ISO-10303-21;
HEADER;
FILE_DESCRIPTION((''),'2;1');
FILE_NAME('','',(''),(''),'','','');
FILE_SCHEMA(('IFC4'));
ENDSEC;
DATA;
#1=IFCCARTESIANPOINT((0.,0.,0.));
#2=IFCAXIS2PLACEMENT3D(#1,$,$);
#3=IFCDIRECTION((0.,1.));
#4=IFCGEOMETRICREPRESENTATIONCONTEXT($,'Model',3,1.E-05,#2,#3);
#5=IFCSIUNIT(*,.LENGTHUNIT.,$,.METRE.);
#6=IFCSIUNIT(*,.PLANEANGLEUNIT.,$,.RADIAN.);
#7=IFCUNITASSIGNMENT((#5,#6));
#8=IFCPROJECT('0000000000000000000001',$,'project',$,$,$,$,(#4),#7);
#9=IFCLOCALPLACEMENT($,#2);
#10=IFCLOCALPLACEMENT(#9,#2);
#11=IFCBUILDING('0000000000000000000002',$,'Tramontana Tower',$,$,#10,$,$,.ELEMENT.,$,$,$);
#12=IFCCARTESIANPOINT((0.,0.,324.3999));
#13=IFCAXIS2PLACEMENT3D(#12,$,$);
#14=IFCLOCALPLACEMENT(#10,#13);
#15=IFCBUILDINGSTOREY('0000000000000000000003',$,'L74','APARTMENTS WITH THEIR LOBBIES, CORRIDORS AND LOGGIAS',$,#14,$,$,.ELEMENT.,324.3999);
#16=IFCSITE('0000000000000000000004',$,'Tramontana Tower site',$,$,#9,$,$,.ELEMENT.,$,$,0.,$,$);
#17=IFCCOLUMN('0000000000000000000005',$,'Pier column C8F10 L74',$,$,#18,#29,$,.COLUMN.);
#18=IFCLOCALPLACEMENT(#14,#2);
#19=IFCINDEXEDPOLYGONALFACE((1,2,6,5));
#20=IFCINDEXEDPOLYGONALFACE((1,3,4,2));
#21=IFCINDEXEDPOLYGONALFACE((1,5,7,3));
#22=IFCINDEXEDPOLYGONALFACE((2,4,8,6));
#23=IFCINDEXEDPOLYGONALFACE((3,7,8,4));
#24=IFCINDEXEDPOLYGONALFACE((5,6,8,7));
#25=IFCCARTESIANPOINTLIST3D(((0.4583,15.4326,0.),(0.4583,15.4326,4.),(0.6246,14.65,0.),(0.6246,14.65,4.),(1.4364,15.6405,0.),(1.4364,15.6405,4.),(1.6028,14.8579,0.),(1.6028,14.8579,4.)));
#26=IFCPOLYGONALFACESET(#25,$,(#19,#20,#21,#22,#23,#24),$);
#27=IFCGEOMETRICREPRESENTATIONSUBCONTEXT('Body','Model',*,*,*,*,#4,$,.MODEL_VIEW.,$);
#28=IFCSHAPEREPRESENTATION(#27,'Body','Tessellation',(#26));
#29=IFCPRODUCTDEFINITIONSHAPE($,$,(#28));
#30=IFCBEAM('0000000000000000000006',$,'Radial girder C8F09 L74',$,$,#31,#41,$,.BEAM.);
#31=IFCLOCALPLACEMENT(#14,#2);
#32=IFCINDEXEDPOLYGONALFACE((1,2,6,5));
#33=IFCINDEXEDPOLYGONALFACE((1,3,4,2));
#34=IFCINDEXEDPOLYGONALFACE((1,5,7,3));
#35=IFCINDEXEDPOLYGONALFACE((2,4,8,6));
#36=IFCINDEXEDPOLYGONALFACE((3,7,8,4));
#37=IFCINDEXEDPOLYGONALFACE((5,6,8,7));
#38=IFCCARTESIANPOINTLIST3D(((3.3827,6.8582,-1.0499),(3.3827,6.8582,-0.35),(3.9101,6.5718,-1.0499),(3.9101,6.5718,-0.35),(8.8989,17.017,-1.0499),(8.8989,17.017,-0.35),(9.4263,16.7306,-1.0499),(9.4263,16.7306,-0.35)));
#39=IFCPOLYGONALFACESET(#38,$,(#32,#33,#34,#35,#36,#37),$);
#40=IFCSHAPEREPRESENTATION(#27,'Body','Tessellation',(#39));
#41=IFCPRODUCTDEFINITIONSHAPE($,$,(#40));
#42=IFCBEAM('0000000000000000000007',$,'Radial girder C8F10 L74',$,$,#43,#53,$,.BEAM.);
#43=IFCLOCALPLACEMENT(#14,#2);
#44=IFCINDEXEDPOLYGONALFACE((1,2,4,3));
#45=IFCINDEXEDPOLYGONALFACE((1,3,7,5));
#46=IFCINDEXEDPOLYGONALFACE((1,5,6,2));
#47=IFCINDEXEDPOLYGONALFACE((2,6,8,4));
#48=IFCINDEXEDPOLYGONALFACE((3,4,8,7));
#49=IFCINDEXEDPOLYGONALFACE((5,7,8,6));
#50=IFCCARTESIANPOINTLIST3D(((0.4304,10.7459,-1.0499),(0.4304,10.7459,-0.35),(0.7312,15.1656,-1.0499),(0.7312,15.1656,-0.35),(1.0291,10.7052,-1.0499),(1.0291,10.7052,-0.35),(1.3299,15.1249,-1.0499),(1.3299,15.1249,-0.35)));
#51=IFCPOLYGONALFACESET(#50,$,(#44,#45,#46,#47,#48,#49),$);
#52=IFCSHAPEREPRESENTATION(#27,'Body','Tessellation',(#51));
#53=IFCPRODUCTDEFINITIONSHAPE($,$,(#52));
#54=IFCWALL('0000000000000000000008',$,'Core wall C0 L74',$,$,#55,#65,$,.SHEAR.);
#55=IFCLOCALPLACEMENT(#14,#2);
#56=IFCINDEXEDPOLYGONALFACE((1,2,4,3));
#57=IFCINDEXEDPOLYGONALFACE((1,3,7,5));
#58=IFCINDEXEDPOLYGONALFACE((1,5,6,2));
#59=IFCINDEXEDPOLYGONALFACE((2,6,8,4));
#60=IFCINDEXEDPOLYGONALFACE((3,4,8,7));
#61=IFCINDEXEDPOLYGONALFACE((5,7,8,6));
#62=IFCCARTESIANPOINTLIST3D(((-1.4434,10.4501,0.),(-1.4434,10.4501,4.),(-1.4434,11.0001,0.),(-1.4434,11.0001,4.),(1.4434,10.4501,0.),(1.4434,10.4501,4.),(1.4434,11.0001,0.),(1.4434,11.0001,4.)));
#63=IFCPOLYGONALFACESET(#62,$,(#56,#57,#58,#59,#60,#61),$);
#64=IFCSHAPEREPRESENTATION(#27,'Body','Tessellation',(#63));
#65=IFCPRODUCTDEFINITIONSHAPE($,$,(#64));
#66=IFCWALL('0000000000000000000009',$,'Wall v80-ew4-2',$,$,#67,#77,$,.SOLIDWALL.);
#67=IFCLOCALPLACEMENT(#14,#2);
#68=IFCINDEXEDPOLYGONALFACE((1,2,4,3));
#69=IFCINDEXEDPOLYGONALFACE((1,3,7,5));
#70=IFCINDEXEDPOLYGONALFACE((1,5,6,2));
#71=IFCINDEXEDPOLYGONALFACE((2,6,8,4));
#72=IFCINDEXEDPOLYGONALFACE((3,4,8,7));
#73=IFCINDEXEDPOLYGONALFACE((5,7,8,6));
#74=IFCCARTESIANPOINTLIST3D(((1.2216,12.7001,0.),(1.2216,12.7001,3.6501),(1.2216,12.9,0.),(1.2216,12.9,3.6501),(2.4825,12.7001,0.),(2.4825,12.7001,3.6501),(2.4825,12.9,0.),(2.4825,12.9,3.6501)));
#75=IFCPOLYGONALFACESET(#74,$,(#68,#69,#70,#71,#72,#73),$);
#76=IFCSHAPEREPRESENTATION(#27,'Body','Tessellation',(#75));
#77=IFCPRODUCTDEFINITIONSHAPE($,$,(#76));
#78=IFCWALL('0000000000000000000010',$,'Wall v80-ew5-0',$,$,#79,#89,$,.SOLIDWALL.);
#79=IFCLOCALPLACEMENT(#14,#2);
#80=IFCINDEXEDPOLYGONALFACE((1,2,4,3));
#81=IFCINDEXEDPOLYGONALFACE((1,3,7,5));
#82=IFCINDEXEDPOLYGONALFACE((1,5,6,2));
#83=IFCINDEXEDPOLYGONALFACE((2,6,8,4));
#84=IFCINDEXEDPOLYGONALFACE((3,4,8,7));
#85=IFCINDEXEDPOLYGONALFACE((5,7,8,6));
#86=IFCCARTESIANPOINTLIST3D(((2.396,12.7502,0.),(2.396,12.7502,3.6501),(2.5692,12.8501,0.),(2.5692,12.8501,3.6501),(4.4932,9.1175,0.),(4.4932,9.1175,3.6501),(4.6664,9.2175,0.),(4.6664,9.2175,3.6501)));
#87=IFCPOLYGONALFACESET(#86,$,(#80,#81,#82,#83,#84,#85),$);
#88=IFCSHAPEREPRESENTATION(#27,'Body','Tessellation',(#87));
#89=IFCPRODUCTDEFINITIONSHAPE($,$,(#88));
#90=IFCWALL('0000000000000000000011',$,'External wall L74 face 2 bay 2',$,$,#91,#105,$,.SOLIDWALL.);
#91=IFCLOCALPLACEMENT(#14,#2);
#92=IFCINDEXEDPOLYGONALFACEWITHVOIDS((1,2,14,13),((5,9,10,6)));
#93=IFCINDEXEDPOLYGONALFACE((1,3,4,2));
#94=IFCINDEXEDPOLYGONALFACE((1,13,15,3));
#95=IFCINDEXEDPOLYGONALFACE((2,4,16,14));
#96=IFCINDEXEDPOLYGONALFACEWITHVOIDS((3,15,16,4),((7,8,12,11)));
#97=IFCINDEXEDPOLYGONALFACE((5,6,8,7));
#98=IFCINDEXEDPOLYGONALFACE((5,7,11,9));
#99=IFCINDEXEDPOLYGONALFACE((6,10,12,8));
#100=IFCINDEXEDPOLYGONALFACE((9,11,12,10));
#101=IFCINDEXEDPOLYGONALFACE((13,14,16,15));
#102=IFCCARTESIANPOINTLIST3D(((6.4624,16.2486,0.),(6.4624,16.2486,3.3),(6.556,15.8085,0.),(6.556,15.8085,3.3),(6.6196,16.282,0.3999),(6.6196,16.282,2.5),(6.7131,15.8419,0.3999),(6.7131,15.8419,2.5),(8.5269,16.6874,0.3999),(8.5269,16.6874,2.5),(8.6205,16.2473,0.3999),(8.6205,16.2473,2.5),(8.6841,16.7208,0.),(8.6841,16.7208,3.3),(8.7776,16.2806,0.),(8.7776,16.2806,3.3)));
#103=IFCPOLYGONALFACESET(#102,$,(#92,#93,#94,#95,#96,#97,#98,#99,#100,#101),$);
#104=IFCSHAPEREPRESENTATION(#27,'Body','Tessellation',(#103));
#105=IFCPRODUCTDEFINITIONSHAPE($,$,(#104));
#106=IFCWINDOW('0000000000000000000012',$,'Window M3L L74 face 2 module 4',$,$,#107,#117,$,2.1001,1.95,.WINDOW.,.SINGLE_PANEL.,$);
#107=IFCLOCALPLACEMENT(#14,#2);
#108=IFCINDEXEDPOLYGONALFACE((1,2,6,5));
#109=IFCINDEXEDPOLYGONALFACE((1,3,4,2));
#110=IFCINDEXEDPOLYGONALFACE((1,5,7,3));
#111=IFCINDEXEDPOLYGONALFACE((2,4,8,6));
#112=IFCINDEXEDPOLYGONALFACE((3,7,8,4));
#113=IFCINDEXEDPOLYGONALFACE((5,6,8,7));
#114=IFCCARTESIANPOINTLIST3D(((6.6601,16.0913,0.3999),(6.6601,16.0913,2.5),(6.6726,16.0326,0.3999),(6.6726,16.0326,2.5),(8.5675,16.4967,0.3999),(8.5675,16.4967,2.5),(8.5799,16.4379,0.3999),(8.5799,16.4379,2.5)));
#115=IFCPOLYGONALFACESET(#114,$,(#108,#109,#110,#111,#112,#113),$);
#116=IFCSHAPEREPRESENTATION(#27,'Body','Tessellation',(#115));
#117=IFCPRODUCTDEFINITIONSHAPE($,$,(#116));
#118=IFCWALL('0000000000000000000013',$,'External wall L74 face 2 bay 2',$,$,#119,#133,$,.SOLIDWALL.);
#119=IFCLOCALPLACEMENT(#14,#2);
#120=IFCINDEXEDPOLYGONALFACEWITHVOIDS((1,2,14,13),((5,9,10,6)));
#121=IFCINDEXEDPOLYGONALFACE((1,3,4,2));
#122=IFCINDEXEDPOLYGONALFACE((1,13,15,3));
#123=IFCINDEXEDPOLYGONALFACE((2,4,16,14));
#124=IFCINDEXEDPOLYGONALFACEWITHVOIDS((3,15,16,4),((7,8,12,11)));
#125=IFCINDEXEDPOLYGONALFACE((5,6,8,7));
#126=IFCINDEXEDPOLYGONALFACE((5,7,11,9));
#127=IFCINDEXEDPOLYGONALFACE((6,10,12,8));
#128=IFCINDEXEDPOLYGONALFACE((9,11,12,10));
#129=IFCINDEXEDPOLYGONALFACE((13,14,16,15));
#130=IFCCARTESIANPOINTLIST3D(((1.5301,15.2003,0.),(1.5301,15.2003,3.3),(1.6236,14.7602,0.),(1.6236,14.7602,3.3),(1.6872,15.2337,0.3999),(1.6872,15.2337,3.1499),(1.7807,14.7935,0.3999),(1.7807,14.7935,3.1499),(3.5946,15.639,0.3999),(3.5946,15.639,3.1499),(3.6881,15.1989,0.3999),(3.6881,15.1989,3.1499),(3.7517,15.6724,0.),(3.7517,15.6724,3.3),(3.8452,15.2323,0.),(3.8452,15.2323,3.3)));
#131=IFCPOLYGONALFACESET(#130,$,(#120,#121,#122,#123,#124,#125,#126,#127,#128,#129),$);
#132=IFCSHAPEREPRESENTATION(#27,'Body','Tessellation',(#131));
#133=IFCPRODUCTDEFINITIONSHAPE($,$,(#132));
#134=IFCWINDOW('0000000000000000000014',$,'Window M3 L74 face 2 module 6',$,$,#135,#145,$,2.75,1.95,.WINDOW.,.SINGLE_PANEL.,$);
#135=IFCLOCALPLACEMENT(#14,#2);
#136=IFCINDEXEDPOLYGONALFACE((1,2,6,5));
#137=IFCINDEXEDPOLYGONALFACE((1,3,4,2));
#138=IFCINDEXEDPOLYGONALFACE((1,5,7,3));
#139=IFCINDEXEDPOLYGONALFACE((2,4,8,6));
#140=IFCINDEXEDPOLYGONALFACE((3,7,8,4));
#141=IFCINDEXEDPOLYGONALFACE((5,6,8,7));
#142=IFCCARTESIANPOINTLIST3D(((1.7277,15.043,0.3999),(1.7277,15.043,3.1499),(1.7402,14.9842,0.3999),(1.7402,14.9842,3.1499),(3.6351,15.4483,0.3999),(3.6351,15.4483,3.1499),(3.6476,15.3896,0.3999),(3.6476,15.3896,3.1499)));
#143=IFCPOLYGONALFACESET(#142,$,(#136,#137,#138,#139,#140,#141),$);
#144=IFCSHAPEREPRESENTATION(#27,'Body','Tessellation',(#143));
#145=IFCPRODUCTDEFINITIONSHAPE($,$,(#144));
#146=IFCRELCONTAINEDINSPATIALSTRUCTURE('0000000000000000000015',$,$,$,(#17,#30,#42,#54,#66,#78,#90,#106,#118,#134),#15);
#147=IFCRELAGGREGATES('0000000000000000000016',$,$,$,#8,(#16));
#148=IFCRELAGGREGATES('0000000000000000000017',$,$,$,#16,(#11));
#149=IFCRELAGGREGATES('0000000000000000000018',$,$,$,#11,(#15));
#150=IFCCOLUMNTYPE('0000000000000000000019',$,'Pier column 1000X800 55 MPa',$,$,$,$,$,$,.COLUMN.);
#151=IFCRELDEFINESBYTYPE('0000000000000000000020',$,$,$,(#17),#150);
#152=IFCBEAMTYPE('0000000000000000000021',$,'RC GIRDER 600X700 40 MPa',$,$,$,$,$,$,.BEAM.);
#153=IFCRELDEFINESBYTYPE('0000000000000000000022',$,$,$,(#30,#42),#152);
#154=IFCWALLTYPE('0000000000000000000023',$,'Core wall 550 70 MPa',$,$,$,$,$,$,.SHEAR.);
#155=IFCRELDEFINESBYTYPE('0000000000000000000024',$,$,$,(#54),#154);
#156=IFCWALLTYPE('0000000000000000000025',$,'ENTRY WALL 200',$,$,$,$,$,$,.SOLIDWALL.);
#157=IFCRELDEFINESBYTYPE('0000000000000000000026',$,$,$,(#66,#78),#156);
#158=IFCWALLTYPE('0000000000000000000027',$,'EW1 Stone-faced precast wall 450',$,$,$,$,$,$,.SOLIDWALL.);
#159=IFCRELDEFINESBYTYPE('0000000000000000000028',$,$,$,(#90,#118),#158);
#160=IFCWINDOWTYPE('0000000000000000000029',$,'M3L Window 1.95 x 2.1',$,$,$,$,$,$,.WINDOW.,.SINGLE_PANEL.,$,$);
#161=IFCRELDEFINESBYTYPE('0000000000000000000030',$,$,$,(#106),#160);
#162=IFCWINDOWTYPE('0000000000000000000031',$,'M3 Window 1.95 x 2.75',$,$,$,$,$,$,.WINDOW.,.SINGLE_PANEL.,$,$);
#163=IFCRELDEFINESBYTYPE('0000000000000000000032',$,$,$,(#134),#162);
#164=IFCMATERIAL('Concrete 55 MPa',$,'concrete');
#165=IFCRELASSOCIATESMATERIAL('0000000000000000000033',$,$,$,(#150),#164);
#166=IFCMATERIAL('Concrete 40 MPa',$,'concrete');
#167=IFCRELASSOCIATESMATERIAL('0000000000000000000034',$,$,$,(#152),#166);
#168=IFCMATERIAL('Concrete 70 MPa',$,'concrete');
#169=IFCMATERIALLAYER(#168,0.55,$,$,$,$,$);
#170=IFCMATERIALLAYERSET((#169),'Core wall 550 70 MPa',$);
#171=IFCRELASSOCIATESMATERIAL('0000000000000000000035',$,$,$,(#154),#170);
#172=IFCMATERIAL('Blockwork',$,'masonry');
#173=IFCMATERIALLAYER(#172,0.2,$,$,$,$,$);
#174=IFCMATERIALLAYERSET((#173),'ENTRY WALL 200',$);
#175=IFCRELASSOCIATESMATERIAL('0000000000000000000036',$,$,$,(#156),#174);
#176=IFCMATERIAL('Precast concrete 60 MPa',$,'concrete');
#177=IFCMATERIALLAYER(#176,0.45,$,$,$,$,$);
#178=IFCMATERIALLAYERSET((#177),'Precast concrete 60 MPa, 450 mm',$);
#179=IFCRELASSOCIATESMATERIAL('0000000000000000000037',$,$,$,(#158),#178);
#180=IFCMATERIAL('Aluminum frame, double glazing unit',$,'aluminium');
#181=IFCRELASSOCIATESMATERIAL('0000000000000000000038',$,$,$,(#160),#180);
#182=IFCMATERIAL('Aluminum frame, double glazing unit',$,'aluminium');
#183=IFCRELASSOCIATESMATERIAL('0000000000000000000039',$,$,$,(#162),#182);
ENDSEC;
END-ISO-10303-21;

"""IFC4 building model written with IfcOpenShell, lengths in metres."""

from ifc_helpers import new_model, si_unit, direction, frame, frame_2d, origin, origin_2d, place, context, subcontext, project, spatial, rectangle, extrude, material, layer, layer_set, material_profile, profile_set, type_object, element, fill, save


model = new_model("IFC4")

# Units and contexts
model_context = context("Model", 3, precision=1e-05, world=origin(), true_north=direction((0.0, 1.0)))
body_context = subcontext(model_context, "Body", "Model", "MODEL_VIEW")
ifc_project = project(units=[si_unit("LENGTHUNIT", "METRE"), si_unit("PLANEANGLEUNIT", "RADIAN")], contexts=[model_context])

# Site, building, storey
site_placement = place(None, origin())
site = spatial("IfcSite", under=ifc_project, at=site_placement, Name="Tramontana Tower site", CompositionType="ELEMENT", RefElevation=0.0)
building_placement = place(site_placement, origin())
building = spatial("IfcBuilding", under=site, at=building_placement, Name="Tramontana Tower", CompositionType="ELEMENT")
storey_placement = place(building_placement, frame((0.0, 0.0, 324.3999)))
storey = spatial("IfcBuildingStorey", under=building, at=storey_placement, Name="L74", Description="APARTMENTS WITH THEIR LOBBIES, CORRIDORS AND LOGGIAS", CompositionType="ELEMENT", Elevation=324.3999)

# Column
ifc_material_1 = material(Name="Concrete 55 MPa", Category="concrete")
ifc_material_profile_1 = material_profile(ifc_material_1, rectangle(XDim=1.0, YDim=0.8, at=origin_2d()), Name="Pier column 1000X800 55 MPa")
ifc_profile_set_1 = profile_set([ifc_material_profile_1], Name="Concrete 55 MPa")
column_type = type_object("IfcColumnType", Name="Pier column 1000X800 55 MPa", PredefinedType="COLUMN", material=ifc_profile_set_1)
column_placement = place(storey_placement, frame((1.0305, 15.1453, 0.0), z_axis=(0.0, 0.0, 1.0), x_axis=(-0.978148, -0.207912, 0.0)))
element("IfcColumn", 1, at=column_placement, inside=storey, type_object=column_type, Name="Pier column C8F10 L74", PredefinedType="COLUMN", context=body_context, shape_type="SweptSolid", body=[
    extrude(rectangle(XDim=1.0, YDim=0.8, at=origin_2d()), origin(), (0.0, 0.0, 1.0), 4.0),
])

# Beams
ifc_material_2 = material(Name="Concrete 40 MPa", Category="concrete")
ifc_material_profile_2 = material_profile(ifc_material_2, rectangle(XDim=0.6001, YDim=0.7, at=origin_2d()), Name="RC GIRDER 600X700 40 MPa")
ifc_profile_set_2 = profile_set([ifc_material_profile_2], Name="Concrete 40 MPa")
beam_type = type_object("IfcBeamType", Name="RC GIRDER 600X700 40 MPa", PredefinedType="BEAM", material=ifc_profile_set_2)
beam_1_placement = place(storey_placement, frame((9.1626, 16.8738, -0.7), z_axis=(-0.477185, -0.878803, 0.0), x_axis=(0.878803, -0.477185, 0.0)))
element("IfcBeam", 2, at=beam_1_placement, inside=storey, type_object=beam_type, Name="Radial girder C8F09 L74", PredefinedType="BEAM", context=body_context, shape_type="SweptSolid", body=[
    extrude(rectangle(XDim=0.6001, YDim=0.7, at=origin_2d()), origin(), (0.0, 0.0, 1.0), 11.5598),
])
beam_2_placement = place(storey_placement, frame((1.0305, 15.1453, -0.7), z_axis=(-0.067898, -0.997692, 0.0), x_axis=(0.997692, -0.067898, 0.0)))
element("IfcBeam", 3, at=beam_2_placement, inside=storey, type_object=beam_type, Name="Radial girder C8F10 L74", PredefinedType="BEAM", context=body_context, shape_type="SweptSolid", body=[
    extrude(rectangle(XDim=0.6001, YDim=0.7, at=origin_2d()), origin(), (0.0, 0.0, 1.0), 4.4299),
])

# Walls
ifc_material_3 = material(Name="Concrete 70 MPa", Category="concrete")
ifc_layer_1 = layer(ifc_material_3, 0.55)
ifc_layer_set_1 = layer_set([ifc_layer_1], Name="Core wall 550 70 MPa")
wall_type_1 = type_object("IfcWallType", Name="Core wall 550 70 MPa", PredefinedType="SHEAR", material=ifc_layer_set_1)
wall_1_placement = place(storey_placement, frame((1.4434, 10.7251, 0.0), z_axis=(0.0, 0.0, 1.0), x_axis=(-1.0, 0.0, 0.0)))
element("IfcWall", 4, at=wall_1_placement, inside=storey, type_object=wall_type_1, Name="Core wall C0 L74", PredefinedType="SHEAR", context=body_context, shape_type="SweptSolid", body=[
    extrude(rectangle(XDim=2.8867, YDim=0.55, at=frame_2d((1.4434, 0.0))), origin(), (0.0, 0.0, 1.0), 4.0),
])
ifc_material_4 = material(Name="Blockwork", Category="masonry")
ifc_layer_2 = layer(ifc_material_4, 0.2)
ifc_layer_set_2 = layer_set([ifc_layer_2], Name="ENTRY WALL 200")
wall_type_2 = type_object("IfcWallType", Name="ENTRY WALL 200", PredefinedType="SOLIDWALL", material=ifc_layer_set_2)
wall_2_placement = place(storey_placement, frame((1.2217, 12.8, 0.0), z_axis=(0.0, 0.0, 1.0), x_axis=(1.0, 0.0, 0.0)))
element("IfcWall", 5, at=wall_2_placement, inside=storey, type_object=wall_type_2, Name="Wall v80-ew4-2", PredefinedType="SOLIDWALL", context=body_context, shape_type="SweptSolid", body=[
    extrude(rectangle(XDim=1.261, YDim=0.2, at=frame_2d((0.6304, 0.0))), origin(), (0.0, 0.0, 1.0), 3.6501),
])
wall_3_placement = place(storey_placement, frame((2.4827, 12.8, 0.0), z_axis=(0.0, 0.0, 1.0), x_axis=(0.499983, -0.866035, 0.0)))
element("IfcWall", 6, at=wall_3_placement, inside=storey, type_object=wall_type_2, Name="Wall v80-ew5-0", PredefinedType="SOLIDWALL", context=body_context, shape_type="SweptSolid", body=[
    extrude(rectangle(XDim=4.1946, YDim=0.2, at=frame_2d((2.0972, 0.0))), origin(), (0.0, 0.0, 1.0), 3.6501),
])

# Walls, openings, windows
ifc_material_5 = material(Name="Precast concrete 60 MPa", Category="concrete")
ifc_layer_3 = layer(ifc_material_5, 0.45)
ifc_layer_set_3 = layer_set([ifc_layer_3], Name="Precast concrete 60 MPa, 450 mm")
wall_type_3 = type_object("IfcWallType", Name="EW1 Stone-faced precast wall 450", PredefinedType="SOLIDWALL", material=ifc_layer_set_3)
wall_4_placement = place(storey_placement, frame((8.731, 16.5007, 0.0), z_axis=(0.0, 0.0, 1.0), x_axis=(-0.978153, -0.207884, 0.0)))
wall_4 = element("IfcWall", 7, at=wall_4_placement, inside=storey, type_object=wall_type_3, Name="External wall L74 face 2 bay 2", PredefinedType="SOLIDWALL", context=body_context, shape_type="SweptSolid", body=[
    extrude(rectangle(XDim=2.2712, YDim=0.45, at=frame_2d((1.1357, 0.0))), origin(), (0.0, 0.0, 1.0), 3.3),
])
opening_1_placement = place(wall_4_placement, frame((0.1606, 0.0, 0.3999)))
opening_1 = element("IfcOpeningElement", 8, at=opening_1_placement, cuts=wall_4, PredefinedType="OPENING", context=body_context, shape_type="SweptSolid", body=[
    extrude(rectangle(XDim=1.95, YDim=2.1001, at=frame_2d((0.9751, 1.05))), frame((0.0, 0.2349, 0.0), z_axis=(0.0, -1.0, 0.0), x_axis=(1.0, 0.0, 0.0)), (0.0, 0.0, 1.0), 0.47),
])
ifc_material_6 = material(Name="Aluminum frame, double glazing unit", Category="aluminium")
window_type_1 = type_object("IfcWindowType", Name="M3L Window 1.95 x 2.1", PartitioningType="SINGLE_PANEL", PredefinedType="WINDOW", material=ifc_material_6)
window_1_placement = place(opening_1_placement, origin())
window_1 = element("IfcWindow", 9, at=window_1_placement, inside=storey, type_object=window_type_1, Name="Window M3L L74 face 2 module 4", OverallHeight=2.1001, OverallWidth=1.95, PartitioningType="SINGLE_PANEL", PredefinedType="WINDOW", context=body_context, shape_type="SweptSolid", body=[
    extrude(rectangle(XDim=1.95, YDim=2.1001, at=frame_2d((0.9751, 1.05))), frame((0.0, 0.03, 0.0), z_axis=(0.0, -1.0, 0.0), x_axis=(1.0, 0.0, 0.0)), (0.0, 0.0, 1.0), 0.0601),
])
fill(opening_1, window_1)
wall_5_placement = place(storey_placement, frame((3.7986, 15.4524, 0.0), z_axis=(0.0, 0.0, 1.0), x_axis=(-0.978153, -0.207884, 0.0)))
wall_5 = element("IfcWall", 10, at=wall_5_placement, inside=storey, type_object=wall_type_3, Name="External wall L74 face 2 bay 2", PredefinedType="SOLIDWALL", context=body_context, shape_type="SweptSolid", body=[
    extrude(rectangle(XDim=2.2712, YDim=0.45, at=frame_2d((1.1357, 0.0))), origin(), (0.0, 0.0, 1.0), 3.3),
])
opening_2_placement = place(wall_5_placement, frame((0.1606, 0.0, 0.3999)))
opening_2 = element("IfcOpeningElement", 11, at=opening_2_placement, cuts=wall_5, PredefinedType="OPENING", context=body_context, shape_type="SweptSolid", body=[
    extrude(rectangle(XDim=1.95, YDim=2.75, at=frame_2d((0.9751, 1.375))), frame((0.0, 0.2349, 0.0), z_axis=(0.0, -1.0, 0.0), x_axis=(1.0, 0.0, 0.0)), (0.0, 0.0, 1.0), 0.47),
])
ifc_material_7 = material(Name="Aluminum frame, double glazing unit", Category="aluminium")
window_type_2 = type_object("IfcWindowType", Name="M3 Window 1.95 x 2.75", PartitioningType="SINGLE_PANEL", PredefinedType="WINDOW", material=ifc_material_7)
window_2_placement = place(opening_2_placement, origin())
window_2 = element("IfcWindow", 12, at=window_2_placement, inside=storey, type_object=window_type_2, Name="Window M3 L74 face 2 module 6", OverallHeight=2.75, OverallWidth=1.95, PartitioningType="SINGLE_PANEL", PredefinedType="WINDOW", context=body_context, shape_type="SweptSolid", body=[
    extrude(rectangle(XDim=1.95, YDim=2.75, at=frame_2d((0.9751, 1.375))), frame((0.0, 0.03, 0.0), z_axis=(0.0, -1.0, 0.0), x_axis=(1.0, 0.0, 0.0)), (0.0, 0.0, 1.0), 0.0601),
])
fill(opening_2, window_2)

save(model, "model.ifc")
